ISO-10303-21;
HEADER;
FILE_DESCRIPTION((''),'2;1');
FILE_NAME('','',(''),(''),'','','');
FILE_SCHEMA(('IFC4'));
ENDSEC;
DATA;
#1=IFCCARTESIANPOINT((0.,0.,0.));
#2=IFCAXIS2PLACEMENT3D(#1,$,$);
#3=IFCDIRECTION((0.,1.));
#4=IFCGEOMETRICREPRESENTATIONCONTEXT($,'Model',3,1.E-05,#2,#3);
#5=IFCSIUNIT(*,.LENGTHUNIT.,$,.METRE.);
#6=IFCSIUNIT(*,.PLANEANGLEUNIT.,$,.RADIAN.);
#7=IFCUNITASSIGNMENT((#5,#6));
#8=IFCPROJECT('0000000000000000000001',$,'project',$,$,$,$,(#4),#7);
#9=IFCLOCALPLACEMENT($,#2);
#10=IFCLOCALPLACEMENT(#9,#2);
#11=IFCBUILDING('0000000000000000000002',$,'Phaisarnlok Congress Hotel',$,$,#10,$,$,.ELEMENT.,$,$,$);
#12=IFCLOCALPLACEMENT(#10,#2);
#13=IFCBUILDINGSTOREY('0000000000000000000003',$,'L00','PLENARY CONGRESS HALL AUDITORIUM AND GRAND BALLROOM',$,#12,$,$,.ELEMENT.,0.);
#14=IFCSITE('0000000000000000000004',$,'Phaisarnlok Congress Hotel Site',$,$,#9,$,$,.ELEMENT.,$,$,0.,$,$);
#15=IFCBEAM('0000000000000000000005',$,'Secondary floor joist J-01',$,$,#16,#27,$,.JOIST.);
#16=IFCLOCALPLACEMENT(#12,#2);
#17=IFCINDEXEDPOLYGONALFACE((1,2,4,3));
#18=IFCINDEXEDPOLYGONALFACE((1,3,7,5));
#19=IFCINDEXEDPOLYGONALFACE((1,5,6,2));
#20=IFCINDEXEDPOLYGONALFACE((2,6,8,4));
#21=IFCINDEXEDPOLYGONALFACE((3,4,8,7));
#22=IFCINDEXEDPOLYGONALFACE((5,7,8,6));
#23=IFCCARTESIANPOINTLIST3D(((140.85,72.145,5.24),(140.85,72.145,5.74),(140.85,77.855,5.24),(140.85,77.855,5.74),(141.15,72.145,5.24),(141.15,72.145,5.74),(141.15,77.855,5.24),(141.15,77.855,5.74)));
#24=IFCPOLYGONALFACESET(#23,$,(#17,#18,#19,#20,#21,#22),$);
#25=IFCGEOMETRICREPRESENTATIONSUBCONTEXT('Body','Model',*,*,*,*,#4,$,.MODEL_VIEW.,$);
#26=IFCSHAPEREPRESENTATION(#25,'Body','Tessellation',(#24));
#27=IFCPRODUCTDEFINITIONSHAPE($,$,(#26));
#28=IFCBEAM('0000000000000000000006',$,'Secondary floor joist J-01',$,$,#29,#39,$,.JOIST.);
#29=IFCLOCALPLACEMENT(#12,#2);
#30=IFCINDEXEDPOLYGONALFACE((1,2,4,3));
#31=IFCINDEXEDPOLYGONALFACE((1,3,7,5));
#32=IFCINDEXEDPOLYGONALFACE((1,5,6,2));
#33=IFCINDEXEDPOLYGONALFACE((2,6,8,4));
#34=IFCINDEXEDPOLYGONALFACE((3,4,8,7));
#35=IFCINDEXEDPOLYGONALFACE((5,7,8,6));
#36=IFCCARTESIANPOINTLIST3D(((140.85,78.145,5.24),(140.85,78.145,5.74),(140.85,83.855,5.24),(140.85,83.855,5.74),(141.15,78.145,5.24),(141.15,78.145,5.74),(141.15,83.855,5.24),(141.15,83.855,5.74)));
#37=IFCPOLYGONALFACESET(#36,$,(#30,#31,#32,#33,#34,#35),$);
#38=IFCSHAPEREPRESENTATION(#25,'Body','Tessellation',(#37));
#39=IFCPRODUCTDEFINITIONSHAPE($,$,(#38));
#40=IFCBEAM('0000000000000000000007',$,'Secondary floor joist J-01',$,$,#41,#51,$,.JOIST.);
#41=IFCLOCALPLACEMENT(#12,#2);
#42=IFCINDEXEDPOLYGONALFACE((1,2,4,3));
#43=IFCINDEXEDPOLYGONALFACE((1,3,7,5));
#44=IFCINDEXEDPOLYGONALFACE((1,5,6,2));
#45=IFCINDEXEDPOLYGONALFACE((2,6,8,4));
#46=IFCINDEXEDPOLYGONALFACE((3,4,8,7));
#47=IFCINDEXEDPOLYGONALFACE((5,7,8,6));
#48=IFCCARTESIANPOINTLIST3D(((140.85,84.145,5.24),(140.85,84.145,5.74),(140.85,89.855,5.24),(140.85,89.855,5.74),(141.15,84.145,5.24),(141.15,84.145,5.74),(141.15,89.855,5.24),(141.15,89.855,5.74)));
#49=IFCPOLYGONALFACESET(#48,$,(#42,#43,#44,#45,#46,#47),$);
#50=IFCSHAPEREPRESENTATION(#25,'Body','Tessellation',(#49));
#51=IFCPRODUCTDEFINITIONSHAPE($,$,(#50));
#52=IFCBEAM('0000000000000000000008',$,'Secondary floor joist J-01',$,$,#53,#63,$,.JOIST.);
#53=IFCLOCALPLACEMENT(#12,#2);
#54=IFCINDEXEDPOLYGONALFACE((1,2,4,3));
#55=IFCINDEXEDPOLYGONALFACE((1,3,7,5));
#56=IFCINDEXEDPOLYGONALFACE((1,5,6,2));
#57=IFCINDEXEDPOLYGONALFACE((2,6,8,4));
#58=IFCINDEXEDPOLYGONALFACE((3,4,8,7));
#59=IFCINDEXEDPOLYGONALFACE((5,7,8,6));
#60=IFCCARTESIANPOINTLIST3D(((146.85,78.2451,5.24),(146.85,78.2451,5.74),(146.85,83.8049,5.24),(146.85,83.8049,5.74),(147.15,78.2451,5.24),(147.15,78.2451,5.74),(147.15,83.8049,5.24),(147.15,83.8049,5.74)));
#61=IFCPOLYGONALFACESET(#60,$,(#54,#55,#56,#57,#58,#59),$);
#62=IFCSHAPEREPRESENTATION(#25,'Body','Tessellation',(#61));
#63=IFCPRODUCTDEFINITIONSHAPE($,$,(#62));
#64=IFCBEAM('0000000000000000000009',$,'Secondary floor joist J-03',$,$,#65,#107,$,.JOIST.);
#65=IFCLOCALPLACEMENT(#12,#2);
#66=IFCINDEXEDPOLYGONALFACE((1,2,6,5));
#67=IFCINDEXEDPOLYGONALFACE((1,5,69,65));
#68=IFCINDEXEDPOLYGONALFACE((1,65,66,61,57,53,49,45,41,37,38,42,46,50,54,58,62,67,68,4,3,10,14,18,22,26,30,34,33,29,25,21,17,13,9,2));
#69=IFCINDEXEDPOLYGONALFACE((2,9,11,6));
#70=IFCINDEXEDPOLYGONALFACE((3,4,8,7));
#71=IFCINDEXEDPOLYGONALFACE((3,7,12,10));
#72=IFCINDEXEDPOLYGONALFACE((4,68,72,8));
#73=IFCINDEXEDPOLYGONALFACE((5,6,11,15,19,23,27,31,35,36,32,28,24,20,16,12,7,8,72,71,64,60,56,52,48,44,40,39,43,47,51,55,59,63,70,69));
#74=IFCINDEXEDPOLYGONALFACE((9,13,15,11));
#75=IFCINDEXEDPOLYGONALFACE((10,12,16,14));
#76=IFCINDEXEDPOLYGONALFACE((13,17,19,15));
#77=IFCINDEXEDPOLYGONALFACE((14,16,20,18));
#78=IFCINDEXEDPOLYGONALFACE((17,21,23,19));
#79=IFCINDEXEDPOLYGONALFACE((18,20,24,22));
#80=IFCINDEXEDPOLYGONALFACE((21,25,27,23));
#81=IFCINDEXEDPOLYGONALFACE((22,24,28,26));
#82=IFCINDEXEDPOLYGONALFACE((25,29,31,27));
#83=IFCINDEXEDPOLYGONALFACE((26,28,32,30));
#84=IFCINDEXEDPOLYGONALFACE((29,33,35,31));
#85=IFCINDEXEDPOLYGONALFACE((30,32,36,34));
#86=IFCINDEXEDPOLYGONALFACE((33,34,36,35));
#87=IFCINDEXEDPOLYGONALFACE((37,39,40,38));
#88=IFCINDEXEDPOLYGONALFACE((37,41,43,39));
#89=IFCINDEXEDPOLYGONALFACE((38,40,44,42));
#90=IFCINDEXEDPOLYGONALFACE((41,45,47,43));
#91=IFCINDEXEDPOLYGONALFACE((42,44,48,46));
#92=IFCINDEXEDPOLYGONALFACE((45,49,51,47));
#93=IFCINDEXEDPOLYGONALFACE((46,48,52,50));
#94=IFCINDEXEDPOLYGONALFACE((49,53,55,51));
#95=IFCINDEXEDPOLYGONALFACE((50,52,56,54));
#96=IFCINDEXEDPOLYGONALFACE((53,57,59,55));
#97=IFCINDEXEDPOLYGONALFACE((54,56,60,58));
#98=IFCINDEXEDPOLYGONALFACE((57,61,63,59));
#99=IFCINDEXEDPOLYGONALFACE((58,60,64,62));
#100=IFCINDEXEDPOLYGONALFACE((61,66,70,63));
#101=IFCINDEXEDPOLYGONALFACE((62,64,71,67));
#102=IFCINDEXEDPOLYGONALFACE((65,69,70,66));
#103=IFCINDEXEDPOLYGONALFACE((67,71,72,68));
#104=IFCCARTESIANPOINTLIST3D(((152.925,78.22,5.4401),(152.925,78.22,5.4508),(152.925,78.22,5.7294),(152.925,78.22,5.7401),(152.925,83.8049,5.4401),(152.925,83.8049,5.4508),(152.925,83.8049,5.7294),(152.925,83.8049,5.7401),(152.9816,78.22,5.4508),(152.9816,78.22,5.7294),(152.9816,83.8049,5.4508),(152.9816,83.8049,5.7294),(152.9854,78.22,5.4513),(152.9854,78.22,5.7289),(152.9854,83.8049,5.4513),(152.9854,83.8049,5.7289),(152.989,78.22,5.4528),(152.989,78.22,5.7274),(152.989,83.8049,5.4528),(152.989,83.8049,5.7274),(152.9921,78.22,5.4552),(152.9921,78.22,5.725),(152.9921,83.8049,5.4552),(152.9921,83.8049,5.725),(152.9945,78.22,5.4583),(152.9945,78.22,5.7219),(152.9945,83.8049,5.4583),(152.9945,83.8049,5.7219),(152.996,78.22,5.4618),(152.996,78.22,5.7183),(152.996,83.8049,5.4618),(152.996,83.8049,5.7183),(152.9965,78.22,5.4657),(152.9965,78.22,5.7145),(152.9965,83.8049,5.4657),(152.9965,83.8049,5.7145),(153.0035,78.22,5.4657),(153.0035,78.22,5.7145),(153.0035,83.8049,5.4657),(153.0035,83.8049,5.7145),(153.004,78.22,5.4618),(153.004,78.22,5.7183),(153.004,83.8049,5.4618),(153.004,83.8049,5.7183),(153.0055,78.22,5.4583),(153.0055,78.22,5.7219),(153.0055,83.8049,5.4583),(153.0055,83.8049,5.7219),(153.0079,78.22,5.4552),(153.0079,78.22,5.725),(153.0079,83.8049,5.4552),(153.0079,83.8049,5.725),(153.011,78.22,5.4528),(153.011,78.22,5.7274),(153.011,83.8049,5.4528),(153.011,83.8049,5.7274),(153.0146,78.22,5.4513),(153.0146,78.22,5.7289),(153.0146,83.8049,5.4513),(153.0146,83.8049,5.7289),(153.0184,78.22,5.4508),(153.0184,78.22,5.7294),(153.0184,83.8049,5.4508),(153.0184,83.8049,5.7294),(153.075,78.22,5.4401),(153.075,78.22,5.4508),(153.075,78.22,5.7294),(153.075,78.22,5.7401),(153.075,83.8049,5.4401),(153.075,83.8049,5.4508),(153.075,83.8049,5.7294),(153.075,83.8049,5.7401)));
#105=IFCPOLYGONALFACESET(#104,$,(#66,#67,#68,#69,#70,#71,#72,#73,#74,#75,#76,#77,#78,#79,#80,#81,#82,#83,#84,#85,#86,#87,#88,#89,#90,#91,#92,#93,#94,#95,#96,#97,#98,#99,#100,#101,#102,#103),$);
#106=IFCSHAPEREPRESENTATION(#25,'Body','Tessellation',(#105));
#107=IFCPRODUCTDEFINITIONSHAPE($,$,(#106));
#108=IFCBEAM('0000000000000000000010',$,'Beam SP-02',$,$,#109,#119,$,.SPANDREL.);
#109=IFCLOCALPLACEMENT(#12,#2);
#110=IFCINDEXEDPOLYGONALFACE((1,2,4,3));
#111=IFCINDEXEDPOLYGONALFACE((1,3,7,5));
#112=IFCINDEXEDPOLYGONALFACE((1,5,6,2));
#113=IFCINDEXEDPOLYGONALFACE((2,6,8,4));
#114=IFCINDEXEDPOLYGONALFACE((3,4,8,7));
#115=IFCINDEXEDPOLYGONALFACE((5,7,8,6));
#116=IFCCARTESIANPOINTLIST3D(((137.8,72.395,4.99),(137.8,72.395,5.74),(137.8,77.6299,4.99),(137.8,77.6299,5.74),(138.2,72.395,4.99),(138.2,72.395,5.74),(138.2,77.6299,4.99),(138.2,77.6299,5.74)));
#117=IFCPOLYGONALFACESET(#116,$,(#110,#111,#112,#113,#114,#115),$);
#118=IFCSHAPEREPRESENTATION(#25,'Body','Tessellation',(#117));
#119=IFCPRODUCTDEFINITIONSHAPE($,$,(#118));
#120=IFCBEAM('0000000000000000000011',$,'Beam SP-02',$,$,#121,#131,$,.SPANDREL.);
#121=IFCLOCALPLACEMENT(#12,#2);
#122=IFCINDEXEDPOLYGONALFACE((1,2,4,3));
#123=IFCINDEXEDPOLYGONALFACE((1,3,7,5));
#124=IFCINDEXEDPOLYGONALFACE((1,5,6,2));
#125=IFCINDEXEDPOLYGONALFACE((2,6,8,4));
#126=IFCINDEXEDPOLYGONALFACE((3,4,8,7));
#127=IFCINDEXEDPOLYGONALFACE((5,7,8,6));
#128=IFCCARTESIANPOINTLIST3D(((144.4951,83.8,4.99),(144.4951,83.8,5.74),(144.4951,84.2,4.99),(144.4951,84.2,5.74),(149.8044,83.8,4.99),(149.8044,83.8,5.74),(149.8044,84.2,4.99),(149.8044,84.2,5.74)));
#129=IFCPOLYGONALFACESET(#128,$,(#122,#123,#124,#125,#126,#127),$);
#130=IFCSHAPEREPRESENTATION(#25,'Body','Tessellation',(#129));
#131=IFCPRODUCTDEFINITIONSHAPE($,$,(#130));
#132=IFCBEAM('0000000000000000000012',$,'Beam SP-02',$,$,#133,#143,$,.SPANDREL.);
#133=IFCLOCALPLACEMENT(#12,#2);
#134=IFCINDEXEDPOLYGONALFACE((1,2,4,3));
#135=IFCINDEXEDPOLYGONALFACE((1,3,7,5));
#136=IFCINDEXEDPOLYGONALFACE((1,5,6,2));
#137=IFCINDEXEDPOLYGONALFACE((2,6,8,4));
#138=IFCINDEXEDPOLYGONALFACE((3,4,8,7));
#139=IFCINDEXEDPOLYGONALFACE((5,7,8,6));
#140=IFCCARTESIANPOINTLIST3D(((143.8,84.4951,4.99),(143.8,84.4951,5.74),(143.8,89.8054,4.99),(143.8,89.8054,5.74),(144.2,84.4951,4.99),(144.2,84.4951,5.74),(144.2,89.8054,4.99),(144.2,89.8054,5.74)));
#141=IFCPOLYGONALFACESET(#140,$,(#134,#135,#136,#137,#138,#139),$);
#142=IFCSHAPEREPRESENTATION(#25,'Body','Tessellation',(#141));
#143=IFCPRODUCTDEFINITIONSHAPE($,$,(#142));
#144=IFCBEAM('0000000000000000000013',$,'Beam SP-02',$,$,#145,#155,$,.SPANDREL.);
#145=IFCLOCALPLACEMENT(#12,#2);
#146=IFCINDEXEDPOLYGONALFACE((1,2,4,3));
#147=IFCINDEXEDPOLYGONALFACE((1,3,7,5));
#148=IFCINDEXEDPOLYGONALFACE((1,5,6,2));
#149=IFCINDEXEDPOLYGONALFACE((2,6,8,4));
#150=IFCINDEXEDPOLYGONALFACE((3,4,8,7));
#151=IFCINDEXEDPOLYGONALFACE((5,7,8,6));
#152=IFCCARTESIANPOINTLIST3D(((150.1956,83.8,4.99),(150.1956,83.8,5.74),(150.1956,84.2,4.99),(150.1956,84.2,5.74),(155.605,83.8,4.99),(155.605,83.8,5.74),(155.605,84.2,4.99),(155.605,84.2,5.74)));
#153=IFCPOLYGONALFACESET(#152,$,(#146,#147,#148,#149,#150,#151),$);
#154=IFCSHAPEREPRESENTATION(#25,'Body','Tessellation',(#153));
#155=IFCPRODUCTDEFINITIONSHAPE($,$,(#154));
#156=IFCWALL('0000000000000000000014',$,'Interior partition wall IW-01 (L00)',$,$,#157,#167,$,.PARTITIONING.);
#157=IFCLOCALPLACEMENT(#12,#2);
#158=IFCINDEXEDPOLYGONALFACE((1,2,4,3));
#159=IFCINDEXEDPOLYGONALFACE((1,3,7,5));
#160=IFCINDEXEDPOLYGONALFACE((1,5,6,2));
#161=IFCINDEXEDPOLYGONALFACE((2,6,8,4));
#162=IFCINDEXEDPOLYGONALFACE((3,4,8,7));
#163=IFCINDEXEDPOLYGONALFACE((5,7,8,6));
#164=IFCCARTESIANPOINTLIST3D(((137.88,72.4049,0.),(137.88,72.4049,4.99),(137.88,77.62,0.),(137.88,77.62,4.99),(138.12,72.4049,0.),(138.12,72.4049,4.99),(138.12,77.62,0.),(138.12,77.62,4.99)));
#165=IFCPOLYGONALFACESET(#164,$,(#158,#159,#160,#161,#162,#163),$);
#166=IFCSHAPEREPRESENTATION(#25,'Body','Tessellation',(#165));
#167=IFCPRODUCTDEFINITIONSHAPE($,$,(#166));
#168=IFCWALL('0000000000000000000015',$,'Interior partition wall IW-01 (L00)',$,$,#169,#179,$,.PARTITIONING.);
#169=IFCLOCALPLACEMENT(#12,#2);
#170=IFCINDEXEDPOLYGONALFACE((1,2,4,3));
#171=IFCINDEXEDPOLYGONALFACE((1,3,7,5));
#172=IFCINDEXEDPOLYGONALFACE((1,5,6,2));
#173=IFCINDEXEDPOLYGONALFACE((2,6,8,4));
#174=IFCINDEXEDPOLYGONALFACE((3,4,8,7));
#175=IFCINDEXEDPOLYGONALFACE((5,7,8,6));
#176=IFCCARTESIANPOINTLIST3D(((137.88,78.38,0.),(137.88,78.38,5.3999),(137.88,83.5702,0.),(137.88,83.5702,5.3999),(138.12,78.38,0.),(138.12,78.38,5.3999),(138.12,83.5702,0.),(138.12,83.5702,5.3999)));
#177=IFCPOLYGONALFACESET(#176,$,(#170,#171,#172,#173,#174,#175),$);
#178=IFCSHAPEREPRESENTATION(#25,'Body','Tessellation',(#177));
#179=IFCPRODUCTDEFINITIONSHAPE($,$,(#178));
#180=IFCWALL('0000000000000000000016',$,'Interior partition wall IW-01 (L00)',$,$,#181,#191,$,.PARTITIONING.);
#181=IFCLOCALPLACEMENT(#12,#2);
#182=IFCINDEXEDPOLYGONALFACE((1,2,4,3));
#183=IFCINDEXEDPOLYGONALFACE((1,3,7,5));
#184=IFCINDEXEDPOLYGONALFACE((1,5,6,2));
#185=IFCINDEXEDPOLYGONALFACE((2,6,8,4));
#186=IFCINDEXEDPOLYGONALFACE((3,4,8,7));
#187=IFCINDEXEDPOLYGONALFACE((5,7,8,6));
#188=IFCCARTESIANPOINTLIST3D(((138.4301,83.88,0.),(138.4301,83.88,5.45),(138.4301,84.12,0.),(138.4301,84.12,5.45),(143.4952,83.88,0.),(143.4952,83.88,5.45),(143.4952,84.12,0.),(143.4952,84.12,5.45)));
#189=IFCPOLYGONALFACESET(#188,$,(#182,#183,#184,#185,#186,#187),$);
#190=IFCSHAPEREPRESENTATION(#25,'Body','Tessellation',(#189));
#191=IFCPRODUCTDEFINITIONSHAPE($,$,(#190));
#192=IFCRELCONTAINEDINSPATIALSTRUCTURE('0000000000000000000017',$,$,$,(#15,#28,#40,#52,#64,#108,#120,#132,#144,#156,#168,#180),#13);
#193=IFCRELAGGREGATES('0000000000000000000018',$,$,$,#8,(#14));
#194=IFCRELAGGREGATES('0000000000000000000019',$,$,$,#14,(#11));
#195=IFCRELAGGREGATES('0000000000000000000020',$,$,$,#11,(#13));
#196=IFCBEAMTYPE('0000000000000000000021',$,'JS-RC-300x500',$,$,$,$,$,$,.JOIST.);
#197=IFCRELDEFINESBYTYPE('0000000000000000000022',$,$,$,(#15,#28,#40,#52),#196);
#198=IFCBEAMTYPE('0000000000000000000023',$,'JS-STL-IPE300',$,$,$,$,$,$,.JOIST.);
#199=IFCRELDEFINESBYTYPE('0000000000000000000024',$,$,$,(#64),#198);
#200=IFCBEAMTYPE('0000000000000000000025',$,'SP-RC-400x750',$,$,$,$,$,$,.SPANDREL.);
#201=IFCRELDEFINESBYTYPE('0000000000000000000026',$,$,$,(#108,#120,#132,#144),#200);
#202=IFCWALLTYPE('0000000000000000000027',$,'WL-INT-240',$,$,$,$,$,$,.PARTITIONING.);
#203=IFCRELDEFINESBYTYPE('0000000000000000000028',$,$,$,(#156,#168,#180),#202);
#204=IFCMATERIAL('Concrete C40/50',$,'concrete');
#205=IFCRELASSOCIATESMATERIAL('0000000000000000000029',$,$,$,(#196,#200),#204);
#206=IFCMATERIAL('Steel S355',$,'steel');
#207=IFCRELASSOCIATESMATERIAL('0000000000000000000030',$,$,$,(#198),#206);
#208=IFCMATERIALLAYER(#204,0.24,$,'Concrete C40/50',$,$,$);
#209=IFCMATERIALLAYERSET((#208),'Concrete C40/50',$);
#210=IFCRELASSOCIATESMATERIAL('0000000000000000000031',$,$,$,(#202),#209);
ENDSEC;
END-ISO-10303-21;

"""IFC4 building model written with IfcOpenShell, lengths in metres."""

from ifc_helpers import new_model, si_unit, direction, frame, frame_2d, origin, origin_2d, place, context, subcontext, project, spatial, rectangle, i_section, extrude, material, layer, layer_set, material_profile, profile_set, type_object, element, save


model = new_model("IFC4")

# Units and contexts
model_context = context("Model", 3, precision=1e-05, world=origin(), true_north=direction((0.0, 1.0)))
body_context = subcontext(model_context, "Body", "Model", "MODEL_VIEW")
ifc_project = project(units=[si_unit("LENGTHUNIT", "METRE"), si_unit("PLANEANGLEUNIT", "RADIAN")], contexts=[model_context])

# Site, building, storey
site_placement = place(None, origin())
site = spatial("IfcSite", under=ifc_project, at=site_placement, Name="Phaisarnlok Congress Hotel Site", CompositionType="ELEMENT", RefElevation=0.0)
building_placement = place(site_placement, origin())
building = spatial("IfcBuilding", under=site, at=building_placement, Name="Phaisarnlok Congress Hotel", CompositionType="ELEMENT")
storey_placement = place(building_placement, origin())
storey = spatial("IfcBuildingStorey", under=building, at=storey_placement, Name="L00", Description="PLENARY CONGRESS HALL AUDITORIUM AND GRAND BALLROOM", CompositionType="ELEMENT", Elevation=0.0)

# Shared definitions
ifc_material_1 = material(Name="Steel S355", Category="steel")

# Beams
ifc_material_2 = material(Name="Concrete C40/50", Category="concrete")
ifc_material_profile_1 = material_profile(ifc_material_2, rectangle(XDim=0.3, YDim=0.5, at=origin_2d()), Name="RC 300x500")
ifc_profile_set_1 = profile_set([ifc_material_profile_1], Name="Concrete C40/50")
beam_type_1 = type_object("IfcBeamType", Name="JS-RC-300x500", PredefinedType="JOIST", material=ifc_profile_set_1)
for number, where, z_axis, x_axis, name in (
    (1, (141.0, 72.145, 5.49), (0.0, 1.0, 0.0), (-1.0, 0.0, 0.0), "Secondary floor joist J-01"),
    (2, (141.0, 78.145, 5.49), (0.0, 1.0, 0.0), (-1.0, 0.0, 0.0), "Secondary floor joist J-01"),
    (3, (141.0, 84.145, 5.49), (0.0, 1.0, 0.0), (-1.0, 0.0, 0.0), "Secondary floor joist J-01"),
):
    element("IfcBeam", number, at=place(storey_placement, frame(where, z_axis=z_axis, x_axis=x_axis)), inside=storey, type_object=beam_type_1, Name=name, PredefinedType="JOIST", context=body_context, shape_type="SweptSolid", body=[
        extrude(rectangle(XDim=0.3, YDim=0.5, at=origin_2d()), origin(), (0.0, 0.0, 1.0), 5.71),
    ])
beam_1_placement = place(storey_placement, frame((147.0, 78.2451, 5.49), z_axis=(0.0, 1.0, 0.0), x_axis=(-1.0, 0.0, 0.0)))
element("IfcBeam", 4, at=beam_1_placement, inside=storey, type_object=beam_type_1, Name="Secondary floor joist J-01", PredefinedType="JOIST", context=body_context, shape_type="SweptSolid", body=[
    extrude(rectangle(XDim=0.3, YDim=0.5, at=origin_2d()), origin(), (0.0, 0.0, 1.0), 5.5598),
])
ifc_material_profile_2 = material_profile(ifc_material_1, i_section(OverallWidth=0.1499, OverallDepth=0.3, WebThickness=0.0071, FlangeThickness=0.0107, FilletRadius=0.0149, at=origin_2d()), Name="IPE 300")
ifc_profile_set_2 = profile_set([ifc_material_profile_2], Name="Steel S355")
beam_type_2 = type_object("IfcBeamType", Name="JS-STL-IPE300", PredefinedType="JOIST", material=ifc_profile_set_2)
beam_2_placement = place(storey_placement, frame((153.0, 78.22, 5.5901), z_axis=(0.0, 1.0, 0.0), x_axis=(-1.0, 0.0, 0.0)))
element("IfcBeam", 5, at=beam_2_placement, inside=storey, type_object=beam_type_2, Name="Secondary floor joist J-03", PredefinedType="JOIST", context=body_context, shape_type="SweptSolid", body=[
    extrude(i_section(OverallWidth=0.1499, OverallDepth=0.3, WebThickness=0.0071, FlangeThickness=0.0107, FilletRadius=0.0149, at=origin_2d()), origin(), (0.0, 0.0, 1.0), 5.585),
])
ifc_material_profile_3 = material_profile(ifc_material_2, rectangle(XDim=0.3999, YDim=0.75, at=origin_2d()), Name="RC 400x750")
ifc_profile_set_3 = profile_set([ifc_material_profile_3], Name="Concrete C40/50")
beam_type_3 = type_object("IfcBeamType", Name="SP-RC-400x750", PredefinedType="SPANDREL", material=ifc_profile_set_3)
beam_3_placement = place(storey_placement, frame((138.0, 72.395, 5.365), z_axis=(0.0, 1.0, 0.0), x_axis=(-1.0, 0.0, 0.0)))
element("IfcBeam", 6, at=beam_3_placement, inside=storey, type_object=beam_type_3, Name="Beam SP-02", PredefinedType="SPANDREL", context=body_context, shape_type="SweptSolid", body=[
    extrude(rectangle(XDim=0.3999, YDim=0.75, at=origin_2d()), origin(), (0.0, 0.0, 1.0), 5.2349),
])
beam_4_placement = place(storey_placement, frame((144.4951, 84.0, 5.365), z_axis=(1.0, 0.0, 0.0), x_axis=(0.0, 1.0, 0.0)))
element("IfcBeam", 7, at=beam_4_placement, inside=storey, type_object=beam_type_3, Name="Beam SP-02", PredefinedType="SPANDREL", context=body_context, shape_type="SweptSolid", body=[
    extrude(rectangle(XDim=0.3999, YDim=0.75, at=origin_2d()), origin(), (0.0, 0.0, 1.0), 5.3093),
])
beam_5_placement = place(storey_placement, frame((144.0, 84.4951, 5.365), z_axis=(0.0, 1.0, 0.0), x_axis=(-1.0, 0.0, 0.0)))
element("IfcBeam", 8, at=beam_5_placement, inside=storey, type_object=beam_type_3, Name="Beam SP-02", PredefinedType="SPANDREL", context=body_context, shape_type="SweptSolid", body=[
    extrude(rectangle(XDim=0.3999, YDim=0.75, at=origin_2d()), origin(), (0.0, 0.0, 1.0), 5.3103),
])
beam_6_placement = place(storey_placement, frame((150.1956, 84.0, 5.365), z_axis=(1.0, 0.0, 0.0), x_axis=(0.0, 1.0, 0.0)))
element("IfcBeam", 9, at=beam_6_placement, inside=storey, type_object=beam_type_3, Name="Beam SP-02", PredefinedType="SPANDREL", context=body_context, shape_type="SweptSolid", body=[
    extrude(rectangle(XDim=0.3999, YDim=0.75, at=origin_2d()), origin(), (0.0, 0.0, 1.0), 5.4094),
])

# Walls
ifc_layer = layer(ifc_material_2, 0.24, Name="Concrete C40/50")
ifc_layer_set = layer_set([ifc_layer], Name="Concrete C40/50")
wall_type = type_object("IfcWallType", Name="WL-INT-240", PredefinedType="PARTITIONING", material=ifc_layer_set)
wall_1_placement = place(storey_placement, frame((138.0, 72.405, 0.0), z_axis=(0.0, 0.0, 1.0), x_axis=(0.0, 1.0, 0.0)))
element("IfcWall", 10, at=wall_1_placement, inside=storey, type_object=wall_type, Name="Interior partition wall IW-01 (L00)", PredefinedType="PARTITIONING", context=body_context, shape_type="SweptSolid", body=[
    extrude(rectangle(XDim=5.2151, YDim=0.24, at=frame_2d((2.6074, 0.0))), origin(), (0.0, 0.0, 1.0), 4.99),
])
wall_2_placement = place(storey_placement, frame((138.0, 78.3799, 0.0), z_axis=(0.0, 0.0, 1.0), x_axis=(0.0, 1.0, 0.0)))
element("IfcWall", 11, at=wall_2_placement, inside=storey, type_object=wall_type, Name="Interior partition wall IW-01 (L00)", PredefinedType="PARTITIONING", context=body_context, shape_type="SweptSolid", body=[
    extrude(rectangle(XDim=5.1902, YDim=0.24, at=frame_2d((2.5952, 0.0))), origin(), (0.0, 0.0, 1.0), 5.3999),
])
wall_3_placement = place(storey_placement, frame((138.4299, 84.0, 0.0), z_axis=(0.0, 0.0, 1.0), x_axis=(1.0, 0.0, 0.0)))
element("IfcWall", 12, at=wall_3_placement, inside=storey, type_object=wall_type, Name="Interior partition wall IW-01 (L00)", PredefinedType="PARTITIONING", context=body_context, shape_type="SweptSolid", body=[
    extrude(rectangle(XDim=5.0652, YDim=0.24, at=frame_2d((2.5327, 0.0))), origin(), (0.0, 0.0, 1.0), 5.45),
])

save(model, "model.ifc")
